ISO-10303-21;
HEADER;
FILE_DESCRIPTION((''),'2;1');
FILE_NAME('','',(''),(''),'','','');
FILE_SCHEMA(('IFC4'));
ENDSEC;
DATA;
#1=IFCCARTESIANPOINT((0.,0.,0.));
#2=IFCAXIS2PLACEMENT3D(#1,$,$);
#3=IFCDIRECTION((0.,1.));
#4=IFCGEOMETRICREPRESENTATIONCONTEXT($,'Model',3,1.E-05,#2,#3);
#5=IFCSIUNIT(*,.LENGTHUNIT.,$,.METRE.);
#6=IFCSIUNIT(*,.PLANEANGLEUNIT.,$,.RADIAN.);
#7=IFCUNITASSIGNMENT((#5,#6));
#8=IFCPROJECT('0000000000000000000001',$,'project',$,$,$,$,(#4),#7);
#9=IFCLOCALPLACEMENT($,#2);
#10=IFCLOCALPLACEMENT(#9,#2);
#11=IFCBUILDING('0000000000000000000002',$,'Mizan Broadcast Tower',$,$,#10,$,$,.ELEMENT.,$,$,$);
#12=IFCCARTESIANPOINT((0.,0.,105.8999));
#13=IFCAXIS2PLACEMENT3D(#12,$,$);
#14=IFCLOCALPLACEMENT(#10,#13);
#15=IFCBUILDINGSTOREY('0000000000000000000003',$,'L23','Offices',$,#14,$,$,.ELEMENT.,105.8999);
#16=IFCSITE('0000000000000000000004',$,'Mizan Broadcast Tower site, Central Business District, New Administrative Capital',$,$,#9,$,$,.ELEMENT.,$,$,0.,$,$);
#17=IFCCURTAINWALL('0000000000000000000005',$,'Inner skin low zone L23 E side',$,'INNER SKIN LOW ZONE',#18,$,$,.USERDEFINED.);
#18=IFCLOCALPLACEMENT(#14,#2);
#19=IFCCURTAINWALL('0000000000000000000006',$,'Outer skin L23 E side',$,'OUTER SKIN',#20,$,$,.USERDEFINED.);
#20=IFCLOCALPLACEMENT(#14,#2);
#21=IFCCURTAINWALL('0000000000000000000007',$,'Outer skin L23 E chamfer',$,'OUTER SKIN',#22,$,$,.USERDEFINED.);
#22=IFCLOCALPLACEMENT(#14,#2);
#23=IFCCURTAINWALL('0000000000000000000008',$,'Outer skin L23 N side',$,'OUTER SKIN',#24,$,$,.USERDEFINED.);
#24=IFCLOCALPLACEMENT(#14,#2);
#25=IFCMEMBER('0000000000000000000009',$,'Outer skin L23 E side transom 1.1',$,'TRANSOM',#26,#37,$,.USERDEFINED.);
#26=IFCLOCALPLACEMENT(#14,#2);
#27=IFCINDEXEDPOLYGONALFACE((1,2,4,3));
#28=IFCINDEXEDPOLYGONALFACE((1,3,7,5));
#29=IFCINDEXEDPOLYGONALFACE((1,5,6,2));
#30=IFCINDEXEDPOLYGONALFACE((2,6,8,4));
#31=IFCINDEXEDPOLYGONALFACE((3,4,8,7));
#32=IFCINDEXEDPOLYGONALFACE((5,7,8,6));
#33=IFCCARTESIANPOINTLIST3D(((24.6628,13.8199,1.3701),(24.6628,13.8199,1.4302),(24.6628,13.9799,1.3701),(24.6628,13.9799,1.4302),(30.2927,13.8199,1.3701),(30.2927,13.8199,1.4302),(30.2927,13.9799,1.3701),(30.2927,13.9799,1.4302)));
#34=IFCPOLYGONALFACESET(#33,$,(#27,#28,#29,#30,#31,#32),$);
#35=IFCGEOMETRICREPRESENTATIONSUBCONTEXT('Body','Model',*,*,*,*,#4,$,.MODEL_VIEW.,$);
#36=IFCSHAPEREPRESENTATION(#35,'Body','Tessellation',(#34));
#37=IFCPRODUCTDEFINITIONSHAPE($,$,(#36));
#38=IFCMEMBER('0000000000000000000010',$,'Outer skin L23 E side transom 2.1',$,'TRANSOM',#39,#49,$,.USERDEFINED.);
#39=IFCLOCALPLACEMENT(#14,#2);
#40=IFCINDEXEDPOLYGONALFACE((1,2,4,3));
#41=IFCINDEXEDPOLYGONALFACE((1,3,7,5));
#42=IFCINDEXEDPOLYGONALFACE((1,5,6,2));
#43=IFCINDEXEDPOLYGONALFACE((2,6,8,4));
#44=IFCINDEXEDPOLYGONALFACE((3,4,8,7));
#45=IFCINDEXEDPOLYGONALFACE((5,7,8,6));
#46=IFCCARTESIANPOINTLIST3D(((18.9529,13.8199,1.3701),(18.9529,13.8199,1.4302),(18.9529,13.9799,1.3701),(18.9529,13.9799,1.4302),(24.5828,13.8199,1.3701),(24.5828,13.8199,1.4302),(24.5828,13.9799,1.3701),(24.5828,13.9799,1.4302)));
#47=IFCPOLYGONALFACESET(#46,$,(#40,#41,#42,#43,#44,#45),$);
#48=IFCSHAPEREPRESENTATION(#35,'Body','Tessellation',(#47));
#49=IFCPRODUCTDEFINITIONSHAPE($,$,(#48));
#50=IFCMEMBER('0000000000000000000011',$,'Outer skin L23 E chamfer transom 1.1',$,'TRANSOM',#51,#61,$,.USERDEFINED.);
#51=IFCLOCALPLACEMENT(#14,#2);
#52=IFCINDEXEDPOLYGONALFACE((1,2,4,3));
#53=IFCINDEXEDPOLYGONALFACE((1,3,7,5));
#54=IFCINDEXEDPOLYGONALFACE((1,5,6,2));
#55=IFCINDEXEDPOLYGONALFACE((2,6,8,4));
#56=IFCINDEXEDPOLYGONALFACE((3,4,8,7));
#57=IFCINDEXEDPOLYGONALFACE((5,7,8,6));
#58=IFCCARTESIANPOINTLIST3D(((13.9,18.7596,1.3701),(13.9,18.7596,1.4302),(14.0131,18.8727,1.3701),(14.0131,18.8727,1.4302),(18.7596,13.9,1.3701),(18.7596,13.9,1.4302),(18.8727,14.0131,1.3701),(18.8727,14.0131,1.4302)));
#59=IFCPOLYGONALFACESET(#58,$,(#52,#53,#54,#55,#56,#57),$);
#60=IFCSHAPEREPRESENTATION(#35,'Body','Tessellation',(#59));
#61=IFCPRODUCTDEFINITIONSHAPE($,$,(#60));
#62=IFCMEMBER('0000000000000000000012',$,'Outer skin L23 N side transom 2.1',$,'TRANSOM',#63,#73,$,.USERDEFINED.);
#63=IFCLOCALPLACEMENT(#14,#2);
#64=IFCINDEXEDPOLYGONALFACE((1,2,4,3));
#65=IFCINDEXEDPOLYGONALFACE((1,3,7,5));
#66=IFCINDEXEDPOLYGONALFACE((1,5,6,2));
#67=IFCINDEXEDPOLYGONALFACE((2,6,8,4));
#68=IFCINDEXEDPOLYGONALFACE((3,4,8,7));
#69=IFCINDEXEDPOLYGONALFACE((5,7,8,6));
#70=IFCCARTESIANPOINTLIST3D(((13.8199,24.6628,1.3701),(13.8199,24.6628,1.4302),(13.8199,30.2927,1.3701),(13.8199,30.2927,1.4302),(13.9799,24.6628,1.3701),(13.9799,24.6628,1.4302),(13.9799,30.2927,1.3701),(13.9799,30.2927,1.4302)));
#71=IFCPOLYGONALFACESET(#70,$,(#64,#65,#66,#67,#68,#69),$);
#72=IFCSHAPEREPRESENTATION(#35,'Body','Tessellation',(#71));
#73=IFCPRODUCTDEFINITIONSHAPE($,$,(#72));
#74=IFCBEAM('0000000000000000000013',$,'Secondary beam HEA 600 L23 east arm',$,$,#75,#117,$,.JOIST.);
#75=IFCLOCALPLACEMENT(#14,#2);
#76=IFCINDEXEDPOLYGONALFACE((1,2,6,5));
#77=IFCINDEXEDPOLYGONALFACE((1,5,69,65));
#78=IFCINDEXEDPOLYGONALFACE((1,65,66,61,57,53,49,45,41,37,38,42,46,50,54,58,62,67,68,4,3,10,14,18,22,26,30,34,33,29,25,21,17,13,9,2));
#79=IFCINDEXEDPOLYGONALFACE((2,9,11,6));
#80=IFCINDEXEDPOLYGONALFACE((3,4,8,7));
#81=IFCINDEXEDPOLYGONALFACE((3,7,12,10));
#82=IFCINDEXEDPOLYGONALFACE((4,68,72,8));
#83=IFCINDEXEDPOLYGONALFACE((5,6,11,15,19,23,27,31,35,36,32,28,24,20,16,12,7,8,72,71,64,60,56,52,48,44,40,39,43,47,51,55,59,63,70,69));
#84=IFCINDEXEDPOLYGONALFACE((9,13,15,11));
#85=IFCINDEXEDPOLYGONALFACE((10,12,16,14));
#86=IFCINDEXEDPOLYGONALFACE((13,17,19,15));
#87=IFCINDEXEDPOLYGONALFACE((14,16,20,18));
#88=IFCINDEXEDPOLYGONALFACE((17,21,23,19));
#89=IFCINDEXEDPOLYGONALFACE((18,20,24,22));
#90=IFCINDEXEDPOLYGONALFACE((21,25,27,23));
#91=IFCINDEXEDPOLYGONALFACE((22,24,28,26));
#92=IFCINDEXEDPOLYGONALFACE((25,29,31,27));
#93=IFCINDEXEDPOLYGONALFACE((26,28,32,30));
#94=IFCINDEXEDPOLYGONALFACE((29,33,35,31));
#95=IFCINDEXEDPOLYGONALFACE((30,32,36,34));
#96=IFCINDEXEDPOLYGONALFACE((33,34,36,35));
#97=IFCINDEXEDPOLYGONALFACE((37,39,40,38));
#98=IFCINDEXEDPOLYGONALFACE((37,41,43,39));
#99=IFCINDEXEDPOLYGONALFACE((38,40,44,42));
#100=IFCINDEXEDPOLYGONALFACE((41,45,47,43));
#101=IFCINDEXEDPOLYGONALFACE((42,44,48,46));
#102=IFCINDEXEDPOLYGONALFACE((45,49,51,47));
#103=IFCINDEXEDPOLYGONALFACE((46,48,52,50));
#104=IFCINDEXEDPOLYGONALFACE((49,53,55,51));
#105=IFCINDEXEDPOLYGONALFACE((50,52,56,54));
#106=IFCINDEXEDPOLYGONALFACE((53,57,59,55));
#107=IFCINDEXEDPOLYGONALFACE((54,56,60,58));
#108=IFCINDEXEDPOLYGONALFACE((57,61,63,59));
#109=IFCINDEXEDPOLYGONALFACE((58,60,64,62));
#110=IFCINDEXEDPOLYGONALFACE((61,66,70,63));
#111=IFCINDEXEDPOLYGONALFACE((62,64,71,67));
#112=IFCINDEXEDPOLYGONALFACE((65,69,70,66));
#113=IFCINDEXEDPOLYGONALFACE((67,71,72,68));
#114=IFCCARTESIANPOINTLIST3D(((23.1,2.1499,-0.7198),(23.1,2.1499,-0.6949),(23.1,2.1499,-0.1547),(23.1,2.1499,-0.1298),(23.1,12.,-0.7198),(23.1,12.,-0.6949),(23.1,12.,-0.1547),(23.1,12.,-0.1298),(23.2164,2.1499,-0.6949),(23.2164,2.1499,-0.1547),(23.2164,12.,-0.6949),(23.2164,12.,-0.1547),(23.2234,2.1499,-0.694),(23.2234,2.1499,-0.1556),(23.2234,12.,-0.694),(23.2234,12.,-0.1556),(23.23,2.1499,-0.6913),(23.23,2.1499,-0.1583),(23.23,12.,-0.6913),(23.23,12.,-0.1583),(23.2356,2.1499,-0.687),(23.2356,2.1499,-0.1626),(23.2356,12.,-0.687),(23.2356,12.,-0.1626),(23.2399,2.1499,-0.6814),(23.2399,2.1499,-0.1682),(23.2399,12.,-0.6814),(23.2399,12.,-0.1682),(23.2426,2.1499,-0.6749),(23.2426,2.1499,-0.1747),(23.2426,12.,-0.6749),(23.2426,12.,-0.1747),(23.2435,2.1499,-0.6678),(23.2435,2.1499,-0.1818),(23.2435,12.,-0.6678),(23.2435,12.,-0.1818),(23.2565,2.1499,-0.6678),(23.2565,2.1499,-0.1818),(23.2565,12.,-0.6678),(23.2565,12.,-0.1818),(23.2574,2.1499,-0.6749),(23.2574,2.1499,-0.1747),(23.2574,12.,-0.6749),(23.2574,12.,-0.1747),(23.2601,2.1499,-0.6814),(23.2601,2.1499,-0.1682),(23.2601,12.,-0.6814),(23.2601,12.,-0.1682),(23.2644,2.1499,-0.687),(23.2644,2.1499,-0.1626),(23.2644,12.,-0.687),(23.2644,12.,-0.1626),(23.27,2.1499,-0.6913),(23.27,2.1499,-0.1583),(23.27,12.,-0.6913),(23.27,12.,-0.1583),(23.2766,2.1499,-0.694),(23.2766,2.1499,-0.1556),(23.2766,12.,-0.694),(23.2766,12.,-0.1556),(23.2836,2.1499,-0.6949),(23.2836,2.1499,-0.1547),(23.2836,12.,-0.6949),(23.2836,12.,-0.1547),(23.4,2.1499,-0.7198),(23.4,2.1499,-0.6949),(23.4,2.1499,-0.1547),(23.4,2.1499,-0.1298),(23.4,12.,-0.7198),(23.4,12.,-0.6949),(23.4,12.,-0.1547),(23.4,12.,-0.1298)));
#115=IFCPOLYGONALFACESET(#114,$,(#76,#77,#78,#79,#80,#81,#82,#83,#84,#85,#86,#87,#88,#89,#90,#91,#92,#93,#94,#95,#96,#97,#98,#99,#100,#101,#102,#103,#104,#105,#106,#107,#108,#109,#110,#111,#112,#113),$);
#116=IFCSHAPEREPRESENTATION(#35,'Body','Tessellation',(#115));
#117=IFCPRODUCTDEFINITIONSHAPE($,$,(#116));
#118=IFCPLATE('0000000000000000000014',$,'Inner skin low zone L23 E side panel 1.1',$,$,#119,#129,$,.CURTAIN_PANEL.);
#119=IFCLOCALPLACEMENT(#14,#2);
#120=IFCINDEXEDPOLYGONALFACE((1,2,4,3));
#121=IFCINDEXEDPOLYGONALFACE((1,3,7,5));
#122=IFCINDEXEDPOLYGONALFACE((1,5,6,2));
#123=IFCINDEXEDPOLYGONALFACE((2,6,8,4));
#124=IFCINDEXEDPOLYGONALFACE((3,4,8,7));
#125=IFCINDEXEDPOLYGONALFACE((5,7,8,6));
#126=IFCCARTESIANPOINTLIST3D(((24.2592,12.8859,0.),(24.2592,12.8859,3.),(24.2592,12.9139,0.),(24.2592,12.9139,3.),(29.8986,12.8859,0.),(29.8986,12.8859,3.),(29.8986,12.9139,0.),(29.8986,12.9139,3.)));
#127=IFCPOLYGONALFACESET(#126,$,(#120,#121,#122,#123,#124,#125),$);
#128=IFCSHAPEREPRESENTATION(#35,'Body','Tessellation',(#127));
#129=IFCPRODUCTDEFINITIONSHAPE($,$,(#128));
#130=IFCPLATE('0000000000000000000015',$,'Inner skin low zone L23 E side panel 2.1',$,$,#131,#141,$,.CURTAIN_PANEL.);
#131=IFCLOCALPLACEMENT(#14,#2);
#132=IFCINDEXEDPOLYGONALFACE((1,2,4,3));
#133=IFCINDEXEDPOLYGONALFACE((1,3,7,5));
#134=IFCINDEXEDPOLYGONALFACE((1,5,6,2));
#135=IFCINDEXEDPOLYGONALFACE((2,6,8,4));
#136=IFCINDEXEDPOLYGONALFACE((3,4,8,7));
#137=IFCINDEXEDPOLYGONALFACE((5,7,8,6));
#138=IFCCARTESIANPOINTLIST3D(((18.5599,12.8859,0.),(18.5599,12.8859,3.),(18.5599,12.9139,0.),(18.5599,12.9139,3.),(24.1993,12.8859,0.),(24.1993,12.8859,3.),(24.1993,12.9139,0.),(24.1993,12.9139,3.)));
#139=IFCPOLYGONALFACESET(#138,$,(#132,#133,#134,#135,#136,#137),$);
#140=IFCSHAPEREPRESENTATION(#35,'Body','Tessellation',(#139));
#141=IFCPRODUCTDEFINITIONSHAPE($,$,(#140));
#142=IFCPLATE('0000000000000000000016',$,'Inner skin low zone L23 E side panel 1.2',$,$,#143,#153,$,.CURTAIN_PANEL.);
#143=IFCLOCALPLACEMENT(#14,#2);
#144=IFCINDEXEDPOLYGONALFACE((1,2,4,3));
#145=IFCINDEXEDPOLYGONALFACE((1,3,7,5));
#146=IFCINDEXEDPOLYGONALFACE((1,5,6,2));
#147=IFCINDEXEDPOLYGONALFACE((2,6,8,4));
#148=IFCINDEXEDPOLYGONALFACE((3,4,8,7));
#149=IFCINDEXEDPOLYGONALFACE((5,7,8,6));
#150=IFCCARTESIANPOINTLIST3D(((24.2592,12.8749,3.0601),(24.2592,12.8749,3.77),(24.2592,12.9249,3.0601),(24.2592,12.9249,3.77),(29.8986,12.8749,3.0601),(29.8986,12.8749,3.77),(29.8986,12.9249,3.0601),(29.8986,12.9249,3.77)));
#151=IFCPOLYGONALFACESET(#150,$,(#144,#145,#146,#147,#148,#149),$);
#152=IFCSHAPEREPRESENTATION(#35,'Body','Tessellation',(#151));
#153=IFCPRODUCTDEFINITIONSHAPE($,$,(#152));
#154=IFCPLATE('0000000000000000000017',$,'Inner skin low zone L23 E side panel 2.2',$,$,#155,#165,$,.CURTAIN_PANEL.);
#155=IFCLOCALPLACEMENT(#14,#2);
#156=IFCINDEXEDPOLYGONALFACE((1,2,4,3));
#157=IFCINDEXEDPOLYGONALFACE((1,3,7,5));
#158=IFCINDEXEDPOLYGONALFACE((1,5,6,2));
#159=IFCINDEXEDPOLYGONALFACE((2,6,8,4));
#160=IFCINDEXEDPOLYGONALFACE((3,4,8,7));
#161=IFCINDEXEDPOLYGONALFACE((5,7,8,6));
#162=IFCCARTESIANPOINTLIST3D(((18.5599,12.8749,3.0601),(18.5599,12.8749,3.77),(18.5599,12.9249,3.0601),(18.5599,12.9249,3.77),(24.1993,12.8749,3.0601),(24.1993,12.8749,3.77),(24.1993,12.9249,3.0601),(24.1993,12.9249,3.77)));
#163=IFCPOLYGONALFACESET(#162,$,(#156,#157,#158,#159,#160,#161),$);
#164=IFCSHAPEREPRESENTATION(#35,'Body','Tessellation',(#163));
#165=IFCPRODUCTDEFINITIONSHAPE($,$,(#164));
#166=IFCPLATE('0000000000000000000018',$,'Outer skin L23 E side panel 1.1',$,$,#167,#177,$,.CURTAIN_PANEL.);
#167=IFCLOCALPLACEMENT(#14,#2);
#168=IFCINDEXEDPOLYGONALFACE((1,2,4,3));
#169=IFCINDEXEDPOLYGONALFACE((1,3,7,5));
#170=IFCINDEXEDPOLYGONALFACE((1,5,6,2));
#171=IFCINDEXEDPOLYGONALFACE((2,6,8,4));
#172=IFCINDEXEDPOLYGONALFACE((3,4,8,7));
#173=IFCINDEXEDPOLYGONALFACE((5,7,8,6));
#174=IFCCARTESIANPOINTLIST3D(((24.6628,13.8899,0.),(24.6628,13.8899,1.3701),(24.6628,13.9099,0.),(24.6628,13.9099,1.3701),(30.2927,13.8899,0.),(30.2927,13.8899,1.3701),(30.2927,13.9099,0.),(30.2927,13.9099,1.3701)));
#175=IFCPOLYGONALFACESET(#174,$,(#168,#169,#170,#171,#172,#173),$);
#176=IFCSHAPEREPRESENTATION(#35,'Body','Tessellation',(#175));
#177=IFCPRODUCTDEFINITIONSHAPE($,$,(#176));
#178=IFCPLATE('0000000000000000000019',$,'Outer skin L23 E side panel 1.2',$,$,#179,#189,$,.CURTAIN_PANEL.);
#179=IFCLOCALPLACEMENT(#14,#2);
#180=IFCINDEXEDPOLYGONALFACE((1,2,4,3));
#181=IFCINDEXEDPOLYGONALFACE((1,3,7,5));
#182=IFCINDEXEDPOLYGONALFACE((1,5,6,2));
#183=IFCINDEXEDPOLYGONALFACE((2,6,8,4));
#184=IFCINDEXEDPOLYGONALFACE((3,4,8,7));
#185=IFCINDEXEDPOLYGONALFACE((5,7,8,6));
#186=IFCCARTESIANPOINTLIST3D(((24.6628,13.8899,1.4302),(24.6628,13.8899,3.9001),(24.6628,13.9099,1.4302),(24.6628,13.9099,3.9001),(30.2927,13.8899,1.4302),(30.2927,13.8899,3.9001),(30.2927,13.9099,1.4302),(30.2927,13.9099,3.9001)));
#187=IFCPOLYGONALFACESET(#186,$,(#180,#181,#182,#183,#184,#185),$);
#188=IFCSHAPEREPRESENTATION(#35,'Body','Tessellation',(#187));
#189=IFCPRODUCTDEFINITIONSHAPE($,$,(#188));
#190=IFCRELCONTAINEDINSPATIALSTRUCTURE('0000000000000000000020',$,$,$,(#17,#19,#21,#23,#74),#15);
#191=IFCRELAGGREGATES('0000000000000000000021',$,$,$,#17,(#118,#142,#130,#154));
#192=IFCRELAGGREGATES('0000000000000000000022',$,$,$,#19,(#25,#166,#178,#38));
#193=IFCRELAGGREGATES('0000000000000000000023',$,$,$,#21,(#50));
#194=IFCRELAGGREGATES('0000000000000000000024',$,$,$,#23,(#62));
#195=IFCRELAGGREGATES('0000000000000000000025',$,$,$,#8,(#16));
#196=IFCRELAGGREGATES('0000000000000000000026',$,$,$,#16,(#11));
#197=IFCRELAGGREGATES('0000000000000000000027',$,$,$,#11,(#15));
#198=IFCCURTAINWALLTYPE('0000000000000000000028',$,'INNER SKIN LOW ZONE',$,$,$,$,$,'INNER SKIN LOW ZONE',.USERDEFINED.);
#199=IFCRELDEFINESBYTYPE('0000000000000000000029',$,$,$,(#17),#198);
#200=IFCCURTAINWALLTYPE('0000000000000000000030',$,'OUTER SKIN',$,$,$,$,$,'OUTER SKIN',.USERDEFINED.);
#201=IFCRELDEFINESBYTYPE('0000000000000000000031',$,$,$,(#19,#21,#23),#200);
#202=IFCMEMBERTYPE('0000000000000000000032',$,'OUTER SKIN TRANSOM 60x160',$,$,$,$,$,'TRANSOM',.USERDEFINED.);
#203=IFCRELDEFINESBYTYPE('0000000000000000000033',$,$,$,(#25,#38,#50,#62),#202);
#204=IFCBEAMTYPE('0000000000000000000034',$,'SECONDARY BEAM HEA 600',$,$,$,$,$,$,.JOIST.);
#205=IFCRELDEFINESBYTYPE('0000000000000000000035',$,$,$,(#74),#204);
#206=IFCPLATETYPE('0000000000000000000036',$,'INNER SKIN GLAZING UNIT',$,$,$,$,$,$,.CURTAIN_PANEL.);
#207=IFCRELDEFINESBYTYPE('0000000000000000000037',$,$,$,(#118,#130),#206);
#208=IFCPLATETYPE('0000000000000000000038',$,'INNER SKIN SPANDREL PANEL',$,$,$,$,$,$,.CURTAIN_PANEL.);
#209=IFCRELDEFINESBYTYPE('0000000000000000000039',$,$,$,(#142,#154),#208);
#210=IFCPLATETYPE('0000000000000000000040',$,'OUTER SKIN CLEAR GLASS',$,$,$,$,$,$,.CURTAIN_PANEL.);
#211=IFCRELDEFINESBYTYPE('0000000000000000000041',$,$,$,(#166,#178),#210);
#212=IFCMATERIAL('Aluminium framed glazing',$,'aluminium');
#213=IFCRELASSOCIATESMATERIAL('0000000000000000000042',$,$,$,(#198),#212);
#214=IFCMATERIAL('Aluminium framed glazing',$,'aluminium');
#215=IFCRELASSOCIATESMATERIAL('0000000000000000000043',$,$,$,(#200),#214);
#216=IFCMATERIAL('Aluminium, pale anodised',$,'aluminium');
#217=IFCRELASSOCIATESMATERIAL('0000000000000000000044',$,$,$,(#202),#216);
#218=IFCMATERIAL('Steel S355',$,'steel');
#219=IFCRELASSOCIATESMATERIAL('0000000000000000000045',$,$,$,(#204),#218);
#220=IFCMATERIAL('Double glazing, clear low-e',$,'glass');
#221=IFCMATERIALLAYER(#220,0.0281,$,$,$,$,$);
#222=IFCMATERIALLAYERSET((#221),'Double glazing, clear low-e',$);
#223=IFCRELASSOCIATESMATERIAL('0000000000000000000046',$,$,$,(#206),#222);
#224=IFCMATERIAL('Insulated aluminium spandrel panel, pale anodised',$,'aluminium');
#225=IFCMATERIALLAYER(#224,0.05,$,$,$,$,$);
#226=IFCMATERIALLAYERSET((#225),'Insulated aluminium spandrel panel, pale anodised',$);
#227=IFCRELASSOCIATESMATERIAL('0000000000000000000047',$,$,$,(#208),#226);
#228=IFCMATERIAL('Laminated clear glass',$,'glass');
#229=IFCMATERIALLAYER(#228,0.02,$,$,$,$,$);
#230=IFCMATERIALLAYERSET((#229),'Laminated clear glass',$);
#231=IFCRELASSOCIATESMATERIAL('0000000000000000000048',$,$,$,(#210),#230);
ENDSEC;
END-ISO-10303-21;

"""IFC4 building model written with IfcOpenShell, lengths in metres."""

from ifc_helpers import new_model, si_unit, direction, frame, origin, origin_2d, place, context, subcontext, project, spatial, rectangle, i_section, extrude, material, layer, layer_set, material_profile, profile_set, type_object, element, aggregate, save


model = new_model("IFC4")

# Units and contexts
model_context = context("Model", 3, precision=1e-05, world=origin(), true_north=direction((0.0, 1.0)))
body_context = subcontext(model_context, "Body", "Model", "MODEL_VIEW")
ifc_project = project(units=[si_unit("LENGTHUNIT", "METRE"), si_unit("PLANEANGLEUNIT", "RADIAN")], contexts=[model_context])

# Site, building, storey
site_placement = place(None, origin())
site = spatial("IfcSite", under=ifc_project, at=site_placement, Name="Mizan Broadcast Tower site, Central Business District, New Administrative Capital", CompositionType="ELEMENT", RefElevation=0.0)
building_placement = place(site_placement, origin())
building = spatial("IfcBuilding", under=site, at=building_placement, Name="Mizan Broadcast Tower", CompositionType="ELEMENT")
storey_placement = place(building_placement, frame((0.0, 0.0, 105.8999)))
storey = spatial("IfcBuildingStorey", under=building, at=storey_placement, Name="L23", Description="Offices", CompositionType="ELEMENT", Elevation=105.8999)

# Shared definitions
ifc_material_1 = material(Name="Aluminium framed glazing", Category="aluminium")
curtain_wall_type_1 = type_object("IfcCurtainWallType", Name="INNER SKIN LOW ZONE", ElementType="INNER SKIN LOW ZONE", PredefinedType="USERDEFINED", material=ifc_material_1)

# Curtain wall
curtain_wall_1_placement = place(storey_placement, origin())
curtain_wall_1 = element("IfcCurtainWall", 1, at=curtain_wall_1_placement, inside=storey, type_object=curtain_wall_type_1, Name="Inner skin low zone L23 E side", ObjectType="INNER SKIN LOW ZONE", PredefinedType="USERDEFINED")

# Shared definitions
ifc_material_2 = material(Name="Aluminium framed glazing", Category="aluminium")
curtain_wall_type_2 = type_object("IfcCurtainWallType", Name="OUTER SKIN", ElementType="OUTER SKIN", PredefinedType="USERDEFINED", material=ifc_material_2)

# Curtain wall
curtain_wall_2_placement = place(storey_placement, origin())
curtain_wall_2 = element("IfcCurtainWall", 2, at=curtain_wall_2_placement, inside=storey, type_object=curtain_wall_type_2, Name="Outer skin L23 E side", ObjectType="OUTER SKIN", PredefinedType="USERDEFINED")

# Curtain wall
curtain_wall_3_placement = place(storey_placement, origin())
curtain_wall_3 = element("IfcCurtainWall", 3, at=curtain_wall_3_placement, inside=storey, type_object=curtain_wall_type_2, Name="Outer skin L23 E chamfer", ObjectType="OUTER SKIN", PredefinedType="USERDEFINED")

# Curtain wall
curtain_wall_4_placement = place(storey_placement, origin())
curtain_wall_4 = element("IfcCurtainWall", 4, at=curtain_wall_4_placement, inside=storey, type_object=curtain_wall_type_2, Name="Outer skin L23 N side", ObjectType="OUTER SKIN", PredefinedType="USERDEFINED")

# Members
ifc_material_3 = material(Name="Aluminium, pale anodised", Category="aluminium")
ifc_material_profile_1 = material_profile(ifc_material_3, rectangle(XDim=0.1599, YDim=0.0601, at=origin_2d()), Name="TRANSOM 160x60")
ifc_profile_set_1 = profile_set([ifc_material_profile_1], Name="Aluminium, pale anodised")
member_type_1 = type_object("IfcMemberType", Name="OUTER SKIN TRANSOM 60x160", ElementType="TRANSOM", PredefinedType="USERDEFINED", material=ifc_profile_set_1)
member_1_placement = place(storey_placement, frame((30.2927, 13.8999, 1.4001), z_axis=(-1.0, 0.0, 0.0), x_axis=(0.0, -1.0, 0.0)))
member_1 = element("IfcMember", 5, at=member_1_placement, type_object=member_type_1, Name="Outer skin L23 E side transom 1.1", ObjectType="TRANSOM", PredefinedType="USERDEFINED", context=body_context, shape_type="SweptSolid", body=[
    extrude(rectangle(XDim=0.1599, YDim=0.0601, at=origin_2d()), origin(), (0.0, 0.0, 1.0), 5.6299),
])
member_2_placement = place(storey_placement, frame((24.5828, 13.8999, 1.4001), z_axis=(-1.0, 0.0, 0.0), x_axis=(0.0, -1.0, 0.0)))
member_2 = element("IfcMember", 6, at=member_2_placement, type_object=member_type_1, Name="Outer skin L23 E side transom 2.1", ObjectType="TRANSOM", PredefinedType="USERDEFINED", context=body_context, shape_type="SweptSolid", body=[
    extrude(rectangle(XDim=0.1599, YDim=0.0601, at=origin_2d()), origin(), (0.0, 0.0, 1.0), 5.6299),
])
member_3_placement = place(storey_placement, frame((18.8162, 13.9565, 1.4001), z_axis=(-0.707107, 0.707107, 0.0), x_axis=(-0.707107, -0.707107, 0.0)))
member_3 = element("IfcMember", 7, at=member_3_placement, type_object=member_type_1, Name="Outer skin L23 E chamfer transom 1.1", ObjectType="TRANSOM", PredefinedType="USERDEFINED", context=body_context, shape_type="SweptSolid", body=[
    extrude(rectangle(XDim=0.1599, YDim=0.0601, at=origin_2d()), origin(), (0.0, 0.0, 1.0), 6.8726),
])
member_4_placement = place(storey_placement, frame((13.8999, 24.6628, 1.4001), z_axis=(0.0, 1.0, 0.0), x_axis=(-1.0, 0.0, 0.0)))
member_4 = element("IfcMember", 8, at=member_4_placement, type_object=member_type_1, Name="Outer skin L23 N side transom 2.1", ObjectType="TRANSOM", PredefinedType="USERDEFINED", context=body_context, shape_type="SweptSolid", body=[
    extrude(rectangle(XDim=0.1599, YDim=0.0601, at=origin_2d()), origin(), (0.0, 0.0, 1.0), 5.6299),
])

# Beam
ifc_material_4 = material(Name="Steel S355", Category="steel")
ifc_material_profile_2 = material_profile(ifc_material_4, i_section(OverallWidth=0.3, OverallDepth=0.5901, WebThickness=0.0129, FlangeThickness=0.0249, FilletRadius=0.0271, at=origin_2d()), Name="HEA 600")
ifc_profile_set_2 = profile_set([ifc_material_profile_2], Name="Steel S355")
beam_type_1 = type_object("IfcBeamType", Name="SECONDARY BEAM HEA 600", PredefinedType="JOIST", material=ifc_profile_set_2)
beam_1_placement = place(storey_placement, frame((23.25, 12.0, -0.4248), z_axis=(0.0, -1.0, 0.0), x_axis=(1.0, 0.0, 0.0)))
element("IfcBeam", 9, at=beam_1_placement, inside=storey, type_object=beam_type_1, Name="Secondary beam HEA 600 L23 east arm", PredefinedType="JOIST", context=body_context, shape_type="SweptSolid", body=[
    extrude(i_section(OverallWidth=0.3, OverallDepth=0.5901, WebThickness=0.0129, FlangeThickness=0.0249, FilletRadius=0.0271, at=origin_2d()), origin(), (0.0, 0.0, 1.0), 9.8501),
])

# Plates
ifc_material_5 = material(Name="Double glazing, clear low-e", Category="glass")
ifc_layer_1 = layer(ifc_material_5, 0.0281)
ifc_layer_set_1 = layer_set([ifc_layer_1], Name="Double glazing, clear low-e")
plate_type_1 = type_object("IfcPlateType", Name="INNER SKIN GLAZING UNIT", PredefinedType="CURTAIN_PANEL", material=ifc_layer_set_1)
plate_1_placement = place(storey_placement, frame((27.0789, 12.8999, 0.0), z_axis=(0.0, 0.0, 1.0), x_axis=(-1.0, 0.0, 0.0)))
plate_1 = element("IfcPlate", 10, at=plate_1_placement, type_object=plate_type_1, Name="Inner skin low zone L23 E side panel 1.1", PredefinedType="CURTAIN_PANEL", context=body_context, shape_type="SweptSolid", body=[
    extrude(rectangle(XDim=5.6394, YDim=0.0281, at=origin_2d()), origin(), (0.0, 0.0, 1.0), 3.0),
])
plate_2_placement = place(storey_placement, frame((21.3796, 12.8999, 0.0), z_axis=(0.0, 0.0, 1.0), x_axis=(-1.0, 0.0, 0.0)))
plate_2 = element("IfcPlate", 11, at=plate_2_placement, type_object=plate_type_1, Name="Inner skin low zone L23 E side panel 2.1", PredefinedType="CURTAIN_PANEL", context=body_context, shape_type="SweptSolid", body=[
    extrude(rectangle(XDim=5.6394, YDim=0.0281, at=origin_2d()), origin(), (0.0, 0.0, 1.0), 3.0),
])
ifc_material_6 = material(Name="Insulated aluminium spandrel panel, pale anodised", Category="aluminium")
ifc_layer_2 = layer(ifc_material_6, 0.05)
ifc_layer_set_2 = layer_set([ifc_layer_2], Name="Insulated aluminium spandrel panel, pale anodised")
plate_type_2 = type_object("IfcPlateType", Name="INNER SKIN SPANDREL PANEL", PredefinedType="CURTAIN_PANEL", material=ifc_layer_set_2)
plate_3_placement = place(storey_placement, frame((27.0789, 12.8999, 3.0601), z_axis=(0.0, 0.0, 1.0), x_axis=(-1.0, 0.0, 0.0)))
plate_3 = element("IfcPlate", 12, at=plate_3_placement, type_object=plate_type_2, Name="Inner skin low zone L23 E side panel 1.2", PredefinedType="CURTAIN_PANEL", context=body_context, shape_type="SweptSolid", body=[
    extrude(rectangle(XDim=5.6394, YDim=0.05, at=origin_2d()), origin(), (0.0, 0.0, 1.0), 0.71),
])
plate_4_placement = place(storey_placement, frame((21.3796, 12.8999, 3.0601), z_axis=(0.0, 0.0, 1.0), x_axis=(-1.0, 0.0, 0.0)))
plate_4 = element("IfcPlate", 13, at=plate_4_placement, type_object=plate_type_2, Name="Inner skin low zone L23 E side panel 2.2", PredefinedType="CURTAIN_PANEL", context=body_context, shape_type="SweptSolid", body=[
    extrude(rectangle(XDim=5.6394, YDim=0.05, at=origin_2d()), origin(), (0.0, 0.0, 1.0), 0.71),
])
aggregate(curtain_wall_1, [plate_1, plate_3, plate_2, plate_4])
ifc_material_7 = material(Name="Laminated clear glass", Category="glass")
ifc_layer_3 = layer(ifc_material_7, 0.02)
ifc_layer_set_3 = layer_set([ifc_layer_3], Name="Laminated clear glass")
plate_type_3 = type_object("IfcPlateType", Name="OUTER SKIN CLEAR GLASS", PredefinedType="CURTAIN_PANEL", material=ifc_layer_set_3)
plate_5_placement = place(storey_placement, frame((27.4778, 13.8999, 0.0), z_axis=(0.0, 0.0, 1.0), x_axis=(-1.0, 0.0, 0.0)))
plate_5 = element("IfcPlate", 14, at=plate_5_placement, type_object=plate_type_3, Name="Outer skin L23 E side panel 1.1", PredefinedType="CURTAIN_PANEL", context=body_context, shape_type="SweptSolid", body=[
    extrude(rectangle(XDim=5.6299, YDim=0.02, at=origin_2d()), origin(), (0.0, 0.0, 1.0), 1.3701),
])
plate_6_placement = place(storey_placement, frame((27.4778, 13.8999, 1.4302), z_axis=(0.0, 0.0, 1.0), x_axis=(-1.0, 0.0, 0.0)))
plate_6 = element("IfcPlate", 15, at=plate_6_placement, type_object=plate_type_3, Name="Outer skin L23 E side panel 1.2", PredefinedType="CURTAIN_PANEL", context=body_context, shape_type="SweptSolid", body=[
    extrude(rectangle(XDim=5.6299, YDim=0.02, at=origin_2d()), origin(), (0.0, 0.0, 1.0), 2.47),
])
aggregate(curtain_wall_2, [member_1, plate_5, plate_6, member_2])
aggregate(curtain_wall_3, [member_3])
aggregate(curtain_wall_4, [member_4])

save(model, "model.ifc")
